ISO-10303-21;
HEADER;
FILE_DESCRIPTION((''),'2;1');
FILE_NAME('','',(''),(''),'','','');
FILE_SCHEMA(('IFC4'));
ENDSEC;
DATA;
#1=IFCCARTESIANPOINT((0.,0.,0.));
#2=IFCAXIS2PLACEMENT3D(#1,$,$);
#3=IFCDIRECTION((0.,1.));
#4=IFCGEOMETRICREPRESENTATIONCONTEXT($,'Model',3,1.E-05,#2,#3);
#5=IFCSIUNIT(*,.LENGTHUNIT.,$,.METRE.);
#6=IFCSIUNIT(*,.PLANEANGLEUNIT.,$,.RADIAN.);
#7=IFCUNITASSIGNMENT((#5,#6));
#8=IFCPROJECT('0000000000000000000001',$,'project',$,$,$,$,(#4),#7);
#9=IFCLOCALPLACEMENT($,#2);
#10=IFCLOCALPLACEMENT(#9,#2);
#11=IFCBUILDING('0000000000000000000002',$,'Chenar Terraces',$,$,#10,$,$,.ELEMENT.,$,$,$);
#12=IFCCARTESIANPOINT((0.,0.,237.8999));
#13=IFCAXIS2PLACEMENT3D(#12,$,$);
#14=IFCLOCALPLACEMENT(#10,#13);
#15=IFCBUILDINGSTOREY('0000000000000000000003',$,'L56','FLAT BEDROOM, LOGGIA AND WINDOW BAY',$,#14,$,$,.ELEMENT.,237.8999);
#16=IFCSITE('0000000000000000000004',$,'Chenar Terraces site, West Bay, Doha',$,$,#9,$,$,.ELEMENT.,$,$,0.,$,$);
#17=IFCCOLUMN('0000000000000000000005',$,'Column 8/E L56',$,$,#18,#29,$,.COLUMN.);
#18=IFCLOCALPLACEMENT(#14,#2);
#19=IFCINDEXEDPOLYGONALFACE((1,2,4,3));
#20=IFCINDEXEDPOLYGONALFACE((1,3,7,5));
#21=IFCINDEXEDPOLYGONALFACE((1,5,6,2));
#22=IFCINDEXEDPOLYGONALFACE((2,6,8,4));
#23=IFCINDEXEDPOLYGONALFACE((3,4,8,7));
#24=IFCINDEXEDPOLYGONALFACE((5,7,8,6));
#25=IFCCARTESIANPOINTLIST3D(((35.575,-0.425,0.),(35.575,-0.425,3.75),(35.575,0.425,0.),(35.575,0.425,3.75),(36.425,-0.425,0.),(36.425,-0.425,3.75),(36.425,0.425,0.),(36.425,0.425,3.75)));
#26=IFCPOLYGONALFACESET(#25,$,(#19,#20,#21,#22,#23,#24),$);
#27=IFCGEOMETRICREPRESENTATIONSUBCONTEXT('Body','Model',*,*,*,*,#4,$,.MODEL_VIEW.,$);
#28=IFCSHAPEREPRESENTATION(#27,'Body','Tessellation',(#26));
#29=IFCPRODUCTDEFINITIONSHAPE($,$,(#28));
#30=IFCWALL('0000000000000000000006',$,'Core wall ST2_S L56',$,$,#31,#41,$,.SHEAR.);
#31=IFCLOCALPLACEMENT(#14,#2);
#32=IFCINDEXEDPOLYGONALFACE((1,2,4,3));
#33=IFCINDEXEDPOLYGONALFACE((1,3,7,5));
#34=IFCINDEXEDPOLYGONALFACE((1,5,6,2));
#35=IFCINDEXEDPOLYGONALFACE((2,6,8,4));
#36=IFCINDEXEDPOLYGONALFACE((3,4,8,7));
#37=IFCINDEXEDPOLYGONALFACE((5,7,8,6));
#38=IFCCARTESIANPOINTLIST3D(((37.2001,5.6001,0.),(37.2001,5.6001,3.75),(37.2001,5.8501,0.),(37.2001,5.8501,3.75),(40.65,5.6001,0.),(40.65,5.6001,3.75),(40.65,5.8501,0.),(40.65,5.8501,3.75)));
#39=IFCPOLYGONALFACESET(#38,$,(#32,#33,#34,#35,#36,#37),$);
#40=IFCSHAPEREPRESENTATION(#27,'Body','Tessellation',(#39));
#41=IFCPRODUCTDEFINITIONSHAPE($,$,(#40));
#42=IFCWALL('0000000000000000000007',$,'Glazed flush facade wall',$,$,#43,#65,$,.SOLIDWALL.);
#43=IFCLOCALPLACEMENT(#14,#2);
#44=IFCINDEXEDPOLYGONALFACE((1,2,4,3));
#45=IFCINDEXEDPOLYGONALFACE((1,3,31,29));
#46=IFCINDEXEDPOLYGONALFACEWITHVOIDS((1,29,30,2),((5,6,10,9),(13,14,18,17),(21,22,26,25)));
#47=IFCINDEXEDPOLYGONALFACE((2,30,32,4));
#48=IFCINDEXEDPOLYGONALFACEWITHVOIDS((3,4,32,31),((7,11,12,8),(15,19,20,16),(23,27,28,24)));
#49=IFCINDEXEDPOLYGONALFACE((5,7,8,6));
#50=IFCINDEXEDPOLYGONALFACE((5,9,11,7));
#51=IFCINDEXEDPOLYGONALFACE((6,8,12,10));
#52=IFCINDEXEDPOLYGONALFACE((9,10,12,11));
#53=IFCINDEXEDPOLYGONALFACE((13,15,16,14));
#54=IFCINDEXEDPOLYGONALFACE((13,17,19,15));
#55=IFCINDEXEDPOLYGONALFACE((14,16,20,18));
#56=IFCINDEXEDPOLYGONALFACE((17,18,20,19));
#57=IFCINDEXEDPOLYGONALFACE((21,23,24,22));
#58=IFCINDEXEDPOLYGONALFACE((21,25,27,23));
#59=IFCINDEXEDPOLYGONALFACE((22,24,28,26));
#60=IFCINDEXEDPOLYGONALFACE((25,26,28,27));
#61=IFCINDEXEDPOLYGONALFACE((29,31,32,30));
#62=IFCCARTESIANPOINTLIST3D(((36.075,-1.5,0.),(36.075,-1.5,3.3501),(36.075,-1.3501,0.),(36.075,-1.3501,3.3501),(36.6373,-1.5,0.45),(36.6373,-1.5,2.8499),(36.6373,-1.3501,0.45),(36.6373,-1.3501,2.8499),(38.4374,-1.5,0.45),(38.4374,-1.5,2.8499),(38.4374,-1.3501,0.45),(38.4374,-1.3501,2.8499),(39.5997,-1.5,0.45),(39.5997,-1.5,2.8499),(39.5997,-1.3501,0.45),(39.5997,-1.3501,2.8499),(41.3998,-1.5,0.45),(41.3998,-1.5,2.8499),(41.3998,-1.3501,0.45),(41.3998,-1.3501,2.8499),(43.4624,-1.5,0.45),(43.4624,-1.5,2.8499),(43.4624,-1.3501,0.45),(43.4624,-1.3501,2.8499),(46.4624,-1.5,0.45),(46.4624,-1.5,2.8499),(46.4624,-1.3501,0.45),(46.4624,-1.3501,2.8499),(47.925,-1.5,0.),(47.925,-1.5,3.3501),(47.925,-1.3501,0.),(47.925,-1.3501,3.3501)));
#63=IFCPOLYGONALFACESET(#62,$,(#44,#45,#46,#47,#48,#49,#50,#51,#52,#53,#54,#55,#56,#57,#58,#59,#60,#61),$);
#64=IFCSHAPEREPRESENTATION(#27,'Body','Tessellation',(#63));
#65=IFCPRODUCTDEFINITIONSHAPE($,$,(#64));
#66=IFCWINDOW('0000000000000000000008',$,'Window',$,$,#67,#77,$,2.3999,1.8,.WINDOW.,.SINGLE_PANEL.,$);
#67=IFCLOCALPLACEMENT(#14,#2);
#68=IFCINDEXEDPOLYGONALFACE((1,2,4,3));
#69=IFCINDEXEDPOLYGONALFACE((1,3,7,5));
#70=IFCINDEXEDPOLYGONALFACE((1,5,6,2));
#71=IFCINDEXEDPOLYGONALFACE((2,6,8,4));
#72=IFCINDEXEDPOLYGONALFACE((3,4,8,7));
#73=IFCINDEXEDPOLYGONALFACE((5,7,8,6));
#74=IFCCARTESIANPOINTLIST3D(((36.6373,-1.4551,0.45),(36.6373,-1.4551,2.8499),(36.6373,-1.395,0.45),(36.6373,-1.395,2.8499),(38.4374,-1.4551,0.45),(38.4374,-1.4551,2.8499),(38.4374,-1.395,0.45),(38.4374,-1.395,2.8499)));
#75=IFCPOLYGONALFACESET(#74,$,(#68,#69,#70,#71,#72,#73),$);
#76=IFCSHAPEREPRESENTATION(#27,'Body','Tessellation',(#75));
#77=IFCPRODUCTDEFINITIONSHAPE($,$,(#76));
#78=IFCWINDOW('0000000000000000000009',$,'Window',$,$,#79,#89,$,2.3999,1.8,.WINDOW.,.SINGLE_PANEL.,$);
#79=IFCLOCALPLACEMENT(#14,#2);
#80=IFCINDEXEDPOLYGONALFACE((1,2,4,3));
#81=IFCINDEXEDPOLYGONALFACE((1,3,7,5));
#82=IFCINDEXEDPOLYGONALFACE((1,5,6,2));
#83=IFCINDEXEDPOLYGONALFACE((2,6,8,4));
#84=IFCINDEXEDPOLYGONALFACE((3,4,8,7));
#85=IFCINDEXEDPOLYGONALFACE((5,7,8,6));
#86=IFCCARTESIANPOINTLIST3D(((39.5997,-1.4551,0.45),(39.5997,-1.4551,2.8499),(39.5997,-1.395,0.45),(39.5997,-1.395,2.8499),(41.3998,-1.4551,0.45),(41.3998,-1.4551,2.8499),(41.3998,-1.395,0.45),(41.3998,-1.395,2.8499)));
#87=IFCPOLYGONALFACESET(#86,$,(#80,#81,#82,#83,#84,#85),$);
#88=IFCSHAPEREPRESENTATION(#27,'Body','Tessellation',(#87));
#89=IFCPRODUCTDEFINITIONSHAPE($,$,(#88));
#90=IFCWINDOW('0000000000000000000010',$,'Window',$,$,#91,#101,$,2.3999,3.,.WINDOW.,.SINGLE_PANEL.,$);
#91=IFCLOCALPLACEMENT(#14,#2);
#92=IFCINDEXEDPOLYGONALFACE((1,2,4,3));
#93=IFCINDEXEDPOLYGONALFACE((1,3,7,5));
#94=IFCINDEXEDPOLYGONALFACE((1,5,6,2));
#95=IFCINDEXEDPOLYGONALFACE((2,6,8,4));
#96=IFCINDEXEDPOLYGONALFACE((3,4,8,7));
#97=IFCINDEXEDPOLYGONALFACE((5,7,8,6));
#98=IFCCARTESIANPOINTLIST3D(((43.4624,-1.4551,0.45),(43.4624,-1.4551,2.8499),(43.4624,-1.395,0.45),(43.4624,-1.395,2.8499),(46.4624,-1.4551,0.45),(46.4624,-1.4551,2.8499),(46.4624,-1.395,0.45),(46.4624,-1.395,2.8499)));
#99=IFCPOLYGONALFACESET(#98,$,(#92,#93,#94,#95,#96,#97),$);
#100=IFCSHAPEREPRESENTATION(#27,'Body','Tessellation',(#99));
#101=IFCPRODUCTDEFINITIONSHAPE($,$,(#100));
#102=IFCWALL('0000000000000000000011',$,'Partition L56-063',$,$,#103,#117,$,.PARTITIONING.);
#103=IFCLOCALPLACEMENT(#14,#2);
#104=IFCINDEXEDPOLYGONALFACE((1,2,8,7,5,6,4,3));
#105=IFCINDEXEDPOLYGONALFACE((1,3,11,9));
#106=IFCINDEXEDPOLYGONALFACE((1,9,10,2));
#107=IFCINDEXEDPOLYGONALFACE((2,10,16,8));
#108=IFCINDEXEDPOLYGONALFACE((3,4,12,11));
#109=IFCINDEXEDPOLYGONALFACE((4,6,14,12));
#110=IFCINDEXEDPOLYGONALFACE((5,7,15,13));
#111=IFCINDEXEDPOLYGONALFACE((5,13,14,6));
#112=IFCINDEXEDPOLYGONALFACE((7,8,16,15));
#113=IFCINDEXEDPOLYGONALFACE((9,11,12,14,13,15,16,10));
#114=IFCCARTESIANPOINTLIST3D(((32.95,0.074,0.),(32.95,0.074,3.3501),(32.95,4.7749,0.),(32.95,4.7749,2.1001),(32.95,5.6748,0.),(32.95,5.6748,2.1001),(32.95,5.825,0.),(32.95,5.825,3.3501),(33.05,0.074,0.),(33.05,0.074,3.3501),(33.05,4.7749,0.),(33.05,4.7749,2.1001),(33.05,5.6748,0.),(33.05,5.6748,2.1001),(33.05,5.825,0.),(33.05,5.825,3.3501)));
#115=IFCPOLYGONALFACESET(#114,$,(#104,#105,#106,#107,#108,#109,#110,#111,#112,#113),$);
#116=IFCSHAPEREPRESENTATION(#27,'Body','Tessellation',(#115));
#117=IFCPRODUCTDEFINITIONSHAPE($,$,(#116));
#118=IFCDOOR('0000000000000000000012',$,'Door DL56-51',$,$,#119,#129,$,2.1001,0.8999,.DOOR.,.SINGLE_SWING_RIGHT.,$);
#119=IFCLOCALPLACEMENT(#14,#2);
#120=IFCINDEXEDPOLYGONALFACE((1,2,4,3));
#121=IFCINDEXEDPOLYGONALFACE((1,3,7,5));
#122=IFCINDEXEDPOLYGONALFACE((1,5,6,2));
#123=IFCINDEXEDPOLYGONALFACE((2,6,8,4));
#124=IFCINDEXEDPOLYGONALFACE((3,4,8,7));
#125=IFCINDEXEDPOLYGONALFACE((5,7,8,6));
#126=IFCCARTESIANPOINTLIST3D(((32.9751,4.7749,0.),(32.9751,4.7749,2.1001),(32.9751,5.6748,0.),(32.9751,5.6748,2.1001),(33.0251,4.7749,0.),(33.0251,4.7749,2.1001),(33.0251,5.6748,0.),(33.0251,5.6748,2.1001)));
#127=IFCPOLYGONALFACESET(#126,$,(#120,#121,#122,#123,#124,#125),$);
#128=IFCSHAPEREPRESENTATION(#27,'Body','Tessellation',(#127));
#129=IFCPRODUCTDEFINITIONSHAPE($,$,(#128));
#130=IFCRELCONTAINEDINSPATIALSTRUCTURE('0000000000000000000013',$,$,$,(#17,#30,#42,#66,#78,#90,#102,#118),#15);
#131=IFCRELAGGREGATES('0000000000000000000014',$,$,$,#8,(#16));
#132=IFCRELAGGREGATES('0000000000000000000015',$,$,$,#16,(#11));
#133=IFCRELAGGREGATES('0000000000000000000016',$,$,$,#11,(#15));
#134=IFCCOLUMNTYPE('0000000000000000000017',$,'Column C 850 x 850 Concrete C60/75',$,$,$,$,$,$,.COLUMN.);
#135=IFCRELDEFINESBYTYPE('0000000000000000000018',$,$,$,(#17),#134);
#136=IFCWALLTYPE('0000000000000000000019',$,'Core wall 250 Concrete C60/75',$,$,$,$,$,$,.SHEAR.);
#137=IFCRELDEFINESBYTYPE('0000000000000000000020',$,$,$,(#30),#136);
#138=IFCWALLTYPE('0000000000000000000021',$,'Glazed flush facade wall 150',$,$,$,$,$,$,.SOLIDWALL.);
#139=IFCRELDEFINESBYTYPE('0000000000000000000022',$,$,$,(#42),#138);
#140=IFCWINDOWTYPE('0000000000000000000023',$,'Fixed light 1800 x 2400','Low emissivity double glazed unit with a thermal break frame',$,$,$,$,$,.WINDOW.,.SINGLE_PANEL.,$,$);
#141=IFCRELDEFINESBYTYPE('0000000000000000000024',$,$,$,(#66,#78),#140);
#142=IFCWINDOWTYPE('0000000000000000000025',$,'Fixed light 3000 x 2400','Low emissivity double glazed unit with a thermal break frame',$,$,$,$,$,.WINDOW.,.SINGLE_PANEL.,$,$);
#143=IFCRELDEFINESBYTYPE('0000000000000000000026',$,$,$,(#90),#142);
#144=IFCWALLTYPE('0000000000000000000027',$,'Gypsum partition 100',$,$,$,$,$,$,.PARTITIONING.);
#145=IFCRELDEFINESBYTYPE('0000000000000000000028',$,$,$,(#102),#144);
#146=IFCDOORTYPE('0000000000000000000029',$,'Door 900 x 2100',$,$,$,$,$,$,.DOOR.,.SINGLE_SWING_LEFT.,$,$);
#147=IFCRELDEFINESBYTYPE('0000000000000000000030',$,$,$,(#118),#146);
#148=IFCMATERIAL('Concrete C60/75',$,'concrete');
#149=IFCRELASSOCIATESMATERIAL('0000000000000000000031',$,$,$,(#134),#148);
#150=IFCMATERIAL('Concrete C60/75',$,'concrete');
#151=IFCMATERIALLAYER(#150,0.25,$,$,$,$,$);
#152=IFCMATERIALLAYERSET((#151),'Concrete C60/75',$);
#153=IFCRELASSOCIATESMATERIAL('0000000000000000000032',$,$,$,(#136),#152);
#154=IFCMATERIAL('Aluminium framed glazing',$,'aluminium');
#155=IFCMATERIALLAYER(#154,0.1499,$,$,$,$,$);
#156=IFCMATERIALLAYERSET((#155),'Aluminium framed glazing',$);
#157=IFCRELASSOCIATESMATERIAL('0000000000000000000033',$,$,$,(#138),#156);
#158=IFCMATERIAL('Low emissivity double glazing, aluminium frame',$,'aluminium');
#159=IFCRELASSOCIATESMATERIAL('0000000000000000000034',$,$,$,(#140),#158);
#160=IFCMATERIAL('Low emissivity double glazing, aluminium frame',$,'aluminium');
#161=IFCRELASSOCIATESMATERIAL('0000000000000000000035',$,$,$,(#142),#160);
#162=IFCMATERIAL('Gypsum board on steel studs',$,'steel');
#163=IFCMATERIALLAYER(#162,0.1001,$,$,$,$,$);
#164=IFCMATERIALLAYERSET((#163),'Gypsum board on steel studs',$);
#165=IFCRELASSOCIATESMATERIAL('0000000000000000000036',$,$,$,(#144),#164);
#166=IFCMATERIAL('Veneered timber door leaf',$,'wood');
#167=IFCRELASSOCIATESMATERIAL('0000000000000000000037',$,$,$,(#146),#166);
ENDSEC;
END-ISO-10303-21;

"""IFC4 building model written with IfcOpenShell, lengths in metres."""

from ifc_helpers import new_model, si_unit, direction, frame, frame_2d, origin, origin_2d, place, context, subcontext, project, spatial, rectangle, extrude, material, layer, layer_set, material_profile, profile_set, type_object, element, fill, save


model = new_model("IFC4")

# Units and contexts
model_context = context("Model", 3, precision=1e-05, world=origin(), true_north=direction((0.0, 1.0)))
body_context = subcontext(model_context, "Body", "Model", "MODEL_VIEW")
ifc_project = project(units=[si_unit("LENGTHUNIT", "METRE"), si_unit("PLANEANGLEUNIT", "RADIAN")], contexts=[model_context])

# Site, building, storey
site_placement = place(None, origin())
site = spatial("IfcSite", under=ifc_project, at=site_placement, Name="Chenar Terraces site, West Bay, Doha", CompositionType="ELEMENT", RefElevation=0.0)
building_placement = place(site_placement, origin())
building = spatial("IfcBuilding", under=site, at=building_placement, Name="Chenar Terraces", CompositionType="ELEMENT")
storey_placement = place(building_placement, frame((0.0, 0.0, 237.8999)))
storey = spatial("IfcBuildingStorey", under=building, at=storey_placement, Name="L56", Description="FLAT BEDROOM, LOGGIA AND WINDOW BAY", CompositionType="ELEMENT", Elevation=237.8999)

# Column
ifc_material_1 = material(Name="Concrete C60/75", Category="concrete")
ifc_material_profile = material_profile(ifc_material_1, rectangle(XDim=0.8501, YDim=0.8501, at=origin_2d()), Name="C 850 x 850")
ifc_profile_set = profile_set([ifc_material_profile], Name="Concrete C60/75")
column_type = type_object("IfcColumnType", Name="Column C 850 x 850 Concrete C60/75", PredefinedType="COLUMN", material=ifc_profile_set)
column_placement = place(storey_placement, frame((36.0, 0.0, 0.0), z_axis=(0.0, 0.0, 1.0), x_axis=(1.0, 0.0, 0.0)))
element("IfcColumn", 1, at=column_placement, inside=storey, type_object=column_type, Name="Column 8/E L56", PredefinedType="COLUMN", context=body_context, shape_type="SweptSolid", body=[
    extrude(rectangle(XDim=0.8501, YDim=0.8501, at=origin_2d()), origin(), (0.0, 0.0, 1.0), 3.75),
])

# Wall
ifc_material_2 = material(Name="Concrete C60/75", Category="concrete")
ifc_layer_1 = layer(ifc_material_2, 0.25)
ifc_layer_set_1 = layer_set([ifc_layer_1], Name="Concrete C60/75")
wall_type_1 = type_object("IfcWallType", Name="Core wall 250 Concrete C60/75", PredefinedType="SHEAR", material=ifc_layer_set_1)
wall_1_placement = place(storey_placement, frame((37.2, 5.7251, 0.0), z_axis=(0.0, 0.0, 1.0), x_axis=(1.0, 0.0, 0.0)))
element("IfcWall", 2, at=wall_1_placement, inside=storey, type_object=wall_type_1, Name="Core wall ST2_S L56", PredefinedType="SHEAR", context=body_context, shape_type="SweptSolid", body=[
    extrude(rectangle(XDim=3.45, YDim=0.25, at=frame_2d((1.7251, 0.0))), origin(), (0.0, 0.0, 1.0), 3.75),
])

# Wall, openings, windows
ifc_material_3 = material(Name="Aluminium framed glazing", Category="aluminium")
ifc_layer_2 = layer(ifc_material_3, 0.1499)
ifc_layer_set_2 = layer_set([ifc_layer_2], Name="Aluminium framed glazing")
wall_type_2 = type_object("IfcWallType", Name="Glazed flush facade wall 150", PredefinedType="SOLIDWALL", material=ifc_layer_set_2)
wall_2_placement = place(storey_placement, frame((36.075, -1.425, 0.0), z_axis=(0.0, 0.0, 1.0), x_axis=(1.0, 0.0, 0.0)))
wall_2 = element("IfcWall", 3, at=wall_2_placement, inside=storey, type_object=wall_type_2, Name="Glazed flush facade wall", PredefinedType="SOLIDWALL", context=body_context, shape_type="SweptSolid", body=[
    extrude(rectangle(XDim=11.8501, YDim=0.1499, at=frame_2d((5.925, 0.0))), origin(), (0.0, 0.0, 1.0), 3.3501),
])
opening_1_placement = place(wall_2_placement, frame((0.5625, 0.0, 0.45)))
opening_1 = element("IfcOpeningElement", 4, at=opening_1_placement, cuts=wall_2, PredefinedType="OPENING", context=body_context, shape_type="SweptSolid", body=[
    extrude(rectangle(XDim=1.8, YDim=2.3999, at=frame_2d((0.8999, 1.2))), frame((0.0, 0.085, 0.0), z_axis=(0.0, -1.0, 0.0), x_axis=(1.0, 0.0, 0.0)), (0.0, 0.0, 1.0), 0.1699),
])
opening_2_placement = place(wall_2_placement, frame((3.5249, 0.0, 0.45)))
opening_2 = element("IfcOpeningElement", 5, at=opening_2_placement, cuts=wall_2, PredefinedType="OPENING", context=body_context, shape_type="SweptSolid", body=[
    extrude(rectangle(XDim=1.8, YDim=2.3999, at=frame_2d((0.8999, 1.2))), frame((0.0, 0.085, 0.0), z_axis=(0.0, -1.0, 0.0), x_axis=(1.0, 0.0, 0.0)), (0.0, 0.0, 1.0), 0.1699),
])
opening_3_placement = place(wall_2_placement, frame((7.3875, 0.0, 0.45)))
opening_3 = element("IfcOpeningElement", 6, at=opening_3_placement, cuts=wall_2, PredefinedType="OPENING", context=body_context, shape_type="SweptSolid", body=[
    extrude(rectangle(XDim=3.0, YDim=2.3999, at=frame_2d((1.5, 1.2))), frame((0.0, 0.085, 0.0), z_axis=(0.0, -1.0, 0.0), x_axis=(1.0, 0.0, 0.0)), (0.0, 0.0, 1.0), 0.1699),
])
ifc_material_4 = material(Name="Low emissivity double glazing, aluminium frame", Category="aluminium")
window_type_1 = type_object("IfcWindowType", Name="Fixed light 1800 x 2400", Description="Low emissivity double glazed unit with a thermal break frame", PartitioningType="SINGLE_PANEL", PredefinedType="WINDOW", material=ifc_material_4)
window_1_placement = place(opening_1_placement, origin())
window_1 = element("IfcWindow", 7, at=window_1_placement, inside=storey, type_object=window_type_1, Name="Window", OverallHeight=2.3999, OverallWidth=1.8, PartitioningType="SINGLE_PANEL", PredefinedType="WINDOW", context=body_context, shape_type="SweptSolid", body=[
    extrude(rectangle(XDim=1.8, YDim=2.3999, at=frame_2d((0.8999, 1.2))), frame((0.0, 0.03, 0.0), z_axis=(0.0, -1.0, 0.0), x_axis=(1.0, 0.0, 0.0)), (0.0, 0.0, 1.0), 0.0601),
])
fill(opening_1, window_1)
window_2_placement = place(opening_2_placement, origin())
window_2 = element("IfcWindow", 8, at=window_2_placement, inside=storey, type_object=window_type_1, Name="Window", OverallHeight=2.3999, OverallWidth=1.8, PartitioningType="SINGLE_PANEL", PredefinedType="WINDOW", context=body_context, shape_type="SweptSolid", body=[
    extrude(rectangle(XDim=1.8, YDim=2.3999, at=frame_2d((0.8999, 1.2))), frame((0.0, 0.03, 0.0), z_axis=(0.0, -1.0, 0.0), x_axis=(1.0, 0.0, 0.0)), (0.0, 0.0, 1.0), 0.0601),
])
fill(opening_2, window_2)
ifc_material_5 = material(Name="Low emissivity double glazing, aluminium frame", Category="aluminium")
window_type_2 = type_object("IfcWindowType", Name="Fixed light 3000 x 2400", Description="Low emissivity double glazed unit with a thermal break frame", PartitioningType="SINGLE_PANEL", PredefinedType="WINDOW", material=ifc_material_5)
window_3_placement = place(opening_3_placement, origin())
window_3 = element("IfcWindow", 9, at=window_3_placement, inside=storey, type_object=window_type_2, Name="Window", OverallHeight=2.3999, OverallWidth=3.0, PartitioningType="SINGLE_PANEL", PredefinedType="WINDOW", context=body_context, shape_type="SweptSolid", body=[
    extrude(rectangle(XDim=3.0, YDim=2.3999, at=frame_2d((1.5, 1.2))), frame((0.0, 0.03, 0.0), z_axis=(0.0, -1.0, 0.0), x_axis=(1.0, 0.0, 0.0)), (0.0, 0.0, 1.0), 0.0601),
])
fill(opening_3, window_3)

# Wall, opening, door
ifc_material_6 = material(Name="Gypsum board on steel studs", Category="steel")
ifc_layer_3 = layer(ifc_material_6, 0.1001)
ifc_layer_set_3 = layer_set([ifc_layer_3], Name="Gypsum board on steel studs")
wall_type_3 = type_object("IfcWallType", Name="Gypsum partition 100", PredefinedType="PARTITIONING", material=ifc_layer_set_3)
wall_3_placement = place(storey_placement, frame((33.0, 0.074, 0.0), z_axis=(0.0, 0.0, 1.0), x_axis=(0.0, 1.0, 0.0)))
wall_3 = element("IfcWall", 10, at=wall_3_placement, inside=storey, type_object=wall_type_3, Name="Partition L56-063", PredefinedType="PARTITIONING", context=body_context, shape_type="SweptSolid", body=[
    extrude(rectangle(XDim=5.751, YDim=0.1001, at=frame_2d((2.8755, 0.0))), origin(), (0.0, 0.0, 1.0), 3.3501),
])
opening_4_placement = place(wall_3_placement, frame((4.7009, 0.0, 0.0)))
opening_4 = element("IfcOpeningElement", 11, at=opening_4_placement, cuts=wall_3, PredefinedType="OPENING", context=body_context, shape_type="SweptSolid", body=[
    extrude(rectangle(XDim=0.8999, YDim=2.1001, at=frame_2d((0.45, 1.05))), frame((0.0, 0.0601, 0.0), z_axis=(0.0, -1.0, 0.0), x_axis=(1.0, 0.0, 0.0)), (0.0, 0.0, 1.0), 0.1201),
])
ifc_material_7 = material(Name="Veneered timber door leaf", Category="wood")
door_type = type_object("IfcDoorType", Name="Door 900 x 2100", OperationType="SINGLE_SWING_LEFT", PredefinedType="DOOR", material=ifc_material_7)
door_1_placement = place(opening_4_placement, origin())
door_1 = element("IfcDoor", 12, at=door_1_placement, inside=storey, type_object=door_type, Name="Door DL56-51", OperationType="SINGLE_SWING_RIGHT", OverallHeight=2.1001, OverallWidth=0.8999, PredefinedType="DOOR", context=body_context, shape_type="SweptSolid", body=[
    extrude(rectangle(XDim=0.8999, YDim=2.1001, at=frame_2d((0.45, 1.05))), frame((0.0, 0.0249, 0.0), z_axis=(0.0, -1.0, 0.0), x_axis=(1.0, 0.0, 0.0)), (0.0, 0.0, 1.0), 0.05),
])
fill(opening_4, door_1)

save(model, "model.ifc")
